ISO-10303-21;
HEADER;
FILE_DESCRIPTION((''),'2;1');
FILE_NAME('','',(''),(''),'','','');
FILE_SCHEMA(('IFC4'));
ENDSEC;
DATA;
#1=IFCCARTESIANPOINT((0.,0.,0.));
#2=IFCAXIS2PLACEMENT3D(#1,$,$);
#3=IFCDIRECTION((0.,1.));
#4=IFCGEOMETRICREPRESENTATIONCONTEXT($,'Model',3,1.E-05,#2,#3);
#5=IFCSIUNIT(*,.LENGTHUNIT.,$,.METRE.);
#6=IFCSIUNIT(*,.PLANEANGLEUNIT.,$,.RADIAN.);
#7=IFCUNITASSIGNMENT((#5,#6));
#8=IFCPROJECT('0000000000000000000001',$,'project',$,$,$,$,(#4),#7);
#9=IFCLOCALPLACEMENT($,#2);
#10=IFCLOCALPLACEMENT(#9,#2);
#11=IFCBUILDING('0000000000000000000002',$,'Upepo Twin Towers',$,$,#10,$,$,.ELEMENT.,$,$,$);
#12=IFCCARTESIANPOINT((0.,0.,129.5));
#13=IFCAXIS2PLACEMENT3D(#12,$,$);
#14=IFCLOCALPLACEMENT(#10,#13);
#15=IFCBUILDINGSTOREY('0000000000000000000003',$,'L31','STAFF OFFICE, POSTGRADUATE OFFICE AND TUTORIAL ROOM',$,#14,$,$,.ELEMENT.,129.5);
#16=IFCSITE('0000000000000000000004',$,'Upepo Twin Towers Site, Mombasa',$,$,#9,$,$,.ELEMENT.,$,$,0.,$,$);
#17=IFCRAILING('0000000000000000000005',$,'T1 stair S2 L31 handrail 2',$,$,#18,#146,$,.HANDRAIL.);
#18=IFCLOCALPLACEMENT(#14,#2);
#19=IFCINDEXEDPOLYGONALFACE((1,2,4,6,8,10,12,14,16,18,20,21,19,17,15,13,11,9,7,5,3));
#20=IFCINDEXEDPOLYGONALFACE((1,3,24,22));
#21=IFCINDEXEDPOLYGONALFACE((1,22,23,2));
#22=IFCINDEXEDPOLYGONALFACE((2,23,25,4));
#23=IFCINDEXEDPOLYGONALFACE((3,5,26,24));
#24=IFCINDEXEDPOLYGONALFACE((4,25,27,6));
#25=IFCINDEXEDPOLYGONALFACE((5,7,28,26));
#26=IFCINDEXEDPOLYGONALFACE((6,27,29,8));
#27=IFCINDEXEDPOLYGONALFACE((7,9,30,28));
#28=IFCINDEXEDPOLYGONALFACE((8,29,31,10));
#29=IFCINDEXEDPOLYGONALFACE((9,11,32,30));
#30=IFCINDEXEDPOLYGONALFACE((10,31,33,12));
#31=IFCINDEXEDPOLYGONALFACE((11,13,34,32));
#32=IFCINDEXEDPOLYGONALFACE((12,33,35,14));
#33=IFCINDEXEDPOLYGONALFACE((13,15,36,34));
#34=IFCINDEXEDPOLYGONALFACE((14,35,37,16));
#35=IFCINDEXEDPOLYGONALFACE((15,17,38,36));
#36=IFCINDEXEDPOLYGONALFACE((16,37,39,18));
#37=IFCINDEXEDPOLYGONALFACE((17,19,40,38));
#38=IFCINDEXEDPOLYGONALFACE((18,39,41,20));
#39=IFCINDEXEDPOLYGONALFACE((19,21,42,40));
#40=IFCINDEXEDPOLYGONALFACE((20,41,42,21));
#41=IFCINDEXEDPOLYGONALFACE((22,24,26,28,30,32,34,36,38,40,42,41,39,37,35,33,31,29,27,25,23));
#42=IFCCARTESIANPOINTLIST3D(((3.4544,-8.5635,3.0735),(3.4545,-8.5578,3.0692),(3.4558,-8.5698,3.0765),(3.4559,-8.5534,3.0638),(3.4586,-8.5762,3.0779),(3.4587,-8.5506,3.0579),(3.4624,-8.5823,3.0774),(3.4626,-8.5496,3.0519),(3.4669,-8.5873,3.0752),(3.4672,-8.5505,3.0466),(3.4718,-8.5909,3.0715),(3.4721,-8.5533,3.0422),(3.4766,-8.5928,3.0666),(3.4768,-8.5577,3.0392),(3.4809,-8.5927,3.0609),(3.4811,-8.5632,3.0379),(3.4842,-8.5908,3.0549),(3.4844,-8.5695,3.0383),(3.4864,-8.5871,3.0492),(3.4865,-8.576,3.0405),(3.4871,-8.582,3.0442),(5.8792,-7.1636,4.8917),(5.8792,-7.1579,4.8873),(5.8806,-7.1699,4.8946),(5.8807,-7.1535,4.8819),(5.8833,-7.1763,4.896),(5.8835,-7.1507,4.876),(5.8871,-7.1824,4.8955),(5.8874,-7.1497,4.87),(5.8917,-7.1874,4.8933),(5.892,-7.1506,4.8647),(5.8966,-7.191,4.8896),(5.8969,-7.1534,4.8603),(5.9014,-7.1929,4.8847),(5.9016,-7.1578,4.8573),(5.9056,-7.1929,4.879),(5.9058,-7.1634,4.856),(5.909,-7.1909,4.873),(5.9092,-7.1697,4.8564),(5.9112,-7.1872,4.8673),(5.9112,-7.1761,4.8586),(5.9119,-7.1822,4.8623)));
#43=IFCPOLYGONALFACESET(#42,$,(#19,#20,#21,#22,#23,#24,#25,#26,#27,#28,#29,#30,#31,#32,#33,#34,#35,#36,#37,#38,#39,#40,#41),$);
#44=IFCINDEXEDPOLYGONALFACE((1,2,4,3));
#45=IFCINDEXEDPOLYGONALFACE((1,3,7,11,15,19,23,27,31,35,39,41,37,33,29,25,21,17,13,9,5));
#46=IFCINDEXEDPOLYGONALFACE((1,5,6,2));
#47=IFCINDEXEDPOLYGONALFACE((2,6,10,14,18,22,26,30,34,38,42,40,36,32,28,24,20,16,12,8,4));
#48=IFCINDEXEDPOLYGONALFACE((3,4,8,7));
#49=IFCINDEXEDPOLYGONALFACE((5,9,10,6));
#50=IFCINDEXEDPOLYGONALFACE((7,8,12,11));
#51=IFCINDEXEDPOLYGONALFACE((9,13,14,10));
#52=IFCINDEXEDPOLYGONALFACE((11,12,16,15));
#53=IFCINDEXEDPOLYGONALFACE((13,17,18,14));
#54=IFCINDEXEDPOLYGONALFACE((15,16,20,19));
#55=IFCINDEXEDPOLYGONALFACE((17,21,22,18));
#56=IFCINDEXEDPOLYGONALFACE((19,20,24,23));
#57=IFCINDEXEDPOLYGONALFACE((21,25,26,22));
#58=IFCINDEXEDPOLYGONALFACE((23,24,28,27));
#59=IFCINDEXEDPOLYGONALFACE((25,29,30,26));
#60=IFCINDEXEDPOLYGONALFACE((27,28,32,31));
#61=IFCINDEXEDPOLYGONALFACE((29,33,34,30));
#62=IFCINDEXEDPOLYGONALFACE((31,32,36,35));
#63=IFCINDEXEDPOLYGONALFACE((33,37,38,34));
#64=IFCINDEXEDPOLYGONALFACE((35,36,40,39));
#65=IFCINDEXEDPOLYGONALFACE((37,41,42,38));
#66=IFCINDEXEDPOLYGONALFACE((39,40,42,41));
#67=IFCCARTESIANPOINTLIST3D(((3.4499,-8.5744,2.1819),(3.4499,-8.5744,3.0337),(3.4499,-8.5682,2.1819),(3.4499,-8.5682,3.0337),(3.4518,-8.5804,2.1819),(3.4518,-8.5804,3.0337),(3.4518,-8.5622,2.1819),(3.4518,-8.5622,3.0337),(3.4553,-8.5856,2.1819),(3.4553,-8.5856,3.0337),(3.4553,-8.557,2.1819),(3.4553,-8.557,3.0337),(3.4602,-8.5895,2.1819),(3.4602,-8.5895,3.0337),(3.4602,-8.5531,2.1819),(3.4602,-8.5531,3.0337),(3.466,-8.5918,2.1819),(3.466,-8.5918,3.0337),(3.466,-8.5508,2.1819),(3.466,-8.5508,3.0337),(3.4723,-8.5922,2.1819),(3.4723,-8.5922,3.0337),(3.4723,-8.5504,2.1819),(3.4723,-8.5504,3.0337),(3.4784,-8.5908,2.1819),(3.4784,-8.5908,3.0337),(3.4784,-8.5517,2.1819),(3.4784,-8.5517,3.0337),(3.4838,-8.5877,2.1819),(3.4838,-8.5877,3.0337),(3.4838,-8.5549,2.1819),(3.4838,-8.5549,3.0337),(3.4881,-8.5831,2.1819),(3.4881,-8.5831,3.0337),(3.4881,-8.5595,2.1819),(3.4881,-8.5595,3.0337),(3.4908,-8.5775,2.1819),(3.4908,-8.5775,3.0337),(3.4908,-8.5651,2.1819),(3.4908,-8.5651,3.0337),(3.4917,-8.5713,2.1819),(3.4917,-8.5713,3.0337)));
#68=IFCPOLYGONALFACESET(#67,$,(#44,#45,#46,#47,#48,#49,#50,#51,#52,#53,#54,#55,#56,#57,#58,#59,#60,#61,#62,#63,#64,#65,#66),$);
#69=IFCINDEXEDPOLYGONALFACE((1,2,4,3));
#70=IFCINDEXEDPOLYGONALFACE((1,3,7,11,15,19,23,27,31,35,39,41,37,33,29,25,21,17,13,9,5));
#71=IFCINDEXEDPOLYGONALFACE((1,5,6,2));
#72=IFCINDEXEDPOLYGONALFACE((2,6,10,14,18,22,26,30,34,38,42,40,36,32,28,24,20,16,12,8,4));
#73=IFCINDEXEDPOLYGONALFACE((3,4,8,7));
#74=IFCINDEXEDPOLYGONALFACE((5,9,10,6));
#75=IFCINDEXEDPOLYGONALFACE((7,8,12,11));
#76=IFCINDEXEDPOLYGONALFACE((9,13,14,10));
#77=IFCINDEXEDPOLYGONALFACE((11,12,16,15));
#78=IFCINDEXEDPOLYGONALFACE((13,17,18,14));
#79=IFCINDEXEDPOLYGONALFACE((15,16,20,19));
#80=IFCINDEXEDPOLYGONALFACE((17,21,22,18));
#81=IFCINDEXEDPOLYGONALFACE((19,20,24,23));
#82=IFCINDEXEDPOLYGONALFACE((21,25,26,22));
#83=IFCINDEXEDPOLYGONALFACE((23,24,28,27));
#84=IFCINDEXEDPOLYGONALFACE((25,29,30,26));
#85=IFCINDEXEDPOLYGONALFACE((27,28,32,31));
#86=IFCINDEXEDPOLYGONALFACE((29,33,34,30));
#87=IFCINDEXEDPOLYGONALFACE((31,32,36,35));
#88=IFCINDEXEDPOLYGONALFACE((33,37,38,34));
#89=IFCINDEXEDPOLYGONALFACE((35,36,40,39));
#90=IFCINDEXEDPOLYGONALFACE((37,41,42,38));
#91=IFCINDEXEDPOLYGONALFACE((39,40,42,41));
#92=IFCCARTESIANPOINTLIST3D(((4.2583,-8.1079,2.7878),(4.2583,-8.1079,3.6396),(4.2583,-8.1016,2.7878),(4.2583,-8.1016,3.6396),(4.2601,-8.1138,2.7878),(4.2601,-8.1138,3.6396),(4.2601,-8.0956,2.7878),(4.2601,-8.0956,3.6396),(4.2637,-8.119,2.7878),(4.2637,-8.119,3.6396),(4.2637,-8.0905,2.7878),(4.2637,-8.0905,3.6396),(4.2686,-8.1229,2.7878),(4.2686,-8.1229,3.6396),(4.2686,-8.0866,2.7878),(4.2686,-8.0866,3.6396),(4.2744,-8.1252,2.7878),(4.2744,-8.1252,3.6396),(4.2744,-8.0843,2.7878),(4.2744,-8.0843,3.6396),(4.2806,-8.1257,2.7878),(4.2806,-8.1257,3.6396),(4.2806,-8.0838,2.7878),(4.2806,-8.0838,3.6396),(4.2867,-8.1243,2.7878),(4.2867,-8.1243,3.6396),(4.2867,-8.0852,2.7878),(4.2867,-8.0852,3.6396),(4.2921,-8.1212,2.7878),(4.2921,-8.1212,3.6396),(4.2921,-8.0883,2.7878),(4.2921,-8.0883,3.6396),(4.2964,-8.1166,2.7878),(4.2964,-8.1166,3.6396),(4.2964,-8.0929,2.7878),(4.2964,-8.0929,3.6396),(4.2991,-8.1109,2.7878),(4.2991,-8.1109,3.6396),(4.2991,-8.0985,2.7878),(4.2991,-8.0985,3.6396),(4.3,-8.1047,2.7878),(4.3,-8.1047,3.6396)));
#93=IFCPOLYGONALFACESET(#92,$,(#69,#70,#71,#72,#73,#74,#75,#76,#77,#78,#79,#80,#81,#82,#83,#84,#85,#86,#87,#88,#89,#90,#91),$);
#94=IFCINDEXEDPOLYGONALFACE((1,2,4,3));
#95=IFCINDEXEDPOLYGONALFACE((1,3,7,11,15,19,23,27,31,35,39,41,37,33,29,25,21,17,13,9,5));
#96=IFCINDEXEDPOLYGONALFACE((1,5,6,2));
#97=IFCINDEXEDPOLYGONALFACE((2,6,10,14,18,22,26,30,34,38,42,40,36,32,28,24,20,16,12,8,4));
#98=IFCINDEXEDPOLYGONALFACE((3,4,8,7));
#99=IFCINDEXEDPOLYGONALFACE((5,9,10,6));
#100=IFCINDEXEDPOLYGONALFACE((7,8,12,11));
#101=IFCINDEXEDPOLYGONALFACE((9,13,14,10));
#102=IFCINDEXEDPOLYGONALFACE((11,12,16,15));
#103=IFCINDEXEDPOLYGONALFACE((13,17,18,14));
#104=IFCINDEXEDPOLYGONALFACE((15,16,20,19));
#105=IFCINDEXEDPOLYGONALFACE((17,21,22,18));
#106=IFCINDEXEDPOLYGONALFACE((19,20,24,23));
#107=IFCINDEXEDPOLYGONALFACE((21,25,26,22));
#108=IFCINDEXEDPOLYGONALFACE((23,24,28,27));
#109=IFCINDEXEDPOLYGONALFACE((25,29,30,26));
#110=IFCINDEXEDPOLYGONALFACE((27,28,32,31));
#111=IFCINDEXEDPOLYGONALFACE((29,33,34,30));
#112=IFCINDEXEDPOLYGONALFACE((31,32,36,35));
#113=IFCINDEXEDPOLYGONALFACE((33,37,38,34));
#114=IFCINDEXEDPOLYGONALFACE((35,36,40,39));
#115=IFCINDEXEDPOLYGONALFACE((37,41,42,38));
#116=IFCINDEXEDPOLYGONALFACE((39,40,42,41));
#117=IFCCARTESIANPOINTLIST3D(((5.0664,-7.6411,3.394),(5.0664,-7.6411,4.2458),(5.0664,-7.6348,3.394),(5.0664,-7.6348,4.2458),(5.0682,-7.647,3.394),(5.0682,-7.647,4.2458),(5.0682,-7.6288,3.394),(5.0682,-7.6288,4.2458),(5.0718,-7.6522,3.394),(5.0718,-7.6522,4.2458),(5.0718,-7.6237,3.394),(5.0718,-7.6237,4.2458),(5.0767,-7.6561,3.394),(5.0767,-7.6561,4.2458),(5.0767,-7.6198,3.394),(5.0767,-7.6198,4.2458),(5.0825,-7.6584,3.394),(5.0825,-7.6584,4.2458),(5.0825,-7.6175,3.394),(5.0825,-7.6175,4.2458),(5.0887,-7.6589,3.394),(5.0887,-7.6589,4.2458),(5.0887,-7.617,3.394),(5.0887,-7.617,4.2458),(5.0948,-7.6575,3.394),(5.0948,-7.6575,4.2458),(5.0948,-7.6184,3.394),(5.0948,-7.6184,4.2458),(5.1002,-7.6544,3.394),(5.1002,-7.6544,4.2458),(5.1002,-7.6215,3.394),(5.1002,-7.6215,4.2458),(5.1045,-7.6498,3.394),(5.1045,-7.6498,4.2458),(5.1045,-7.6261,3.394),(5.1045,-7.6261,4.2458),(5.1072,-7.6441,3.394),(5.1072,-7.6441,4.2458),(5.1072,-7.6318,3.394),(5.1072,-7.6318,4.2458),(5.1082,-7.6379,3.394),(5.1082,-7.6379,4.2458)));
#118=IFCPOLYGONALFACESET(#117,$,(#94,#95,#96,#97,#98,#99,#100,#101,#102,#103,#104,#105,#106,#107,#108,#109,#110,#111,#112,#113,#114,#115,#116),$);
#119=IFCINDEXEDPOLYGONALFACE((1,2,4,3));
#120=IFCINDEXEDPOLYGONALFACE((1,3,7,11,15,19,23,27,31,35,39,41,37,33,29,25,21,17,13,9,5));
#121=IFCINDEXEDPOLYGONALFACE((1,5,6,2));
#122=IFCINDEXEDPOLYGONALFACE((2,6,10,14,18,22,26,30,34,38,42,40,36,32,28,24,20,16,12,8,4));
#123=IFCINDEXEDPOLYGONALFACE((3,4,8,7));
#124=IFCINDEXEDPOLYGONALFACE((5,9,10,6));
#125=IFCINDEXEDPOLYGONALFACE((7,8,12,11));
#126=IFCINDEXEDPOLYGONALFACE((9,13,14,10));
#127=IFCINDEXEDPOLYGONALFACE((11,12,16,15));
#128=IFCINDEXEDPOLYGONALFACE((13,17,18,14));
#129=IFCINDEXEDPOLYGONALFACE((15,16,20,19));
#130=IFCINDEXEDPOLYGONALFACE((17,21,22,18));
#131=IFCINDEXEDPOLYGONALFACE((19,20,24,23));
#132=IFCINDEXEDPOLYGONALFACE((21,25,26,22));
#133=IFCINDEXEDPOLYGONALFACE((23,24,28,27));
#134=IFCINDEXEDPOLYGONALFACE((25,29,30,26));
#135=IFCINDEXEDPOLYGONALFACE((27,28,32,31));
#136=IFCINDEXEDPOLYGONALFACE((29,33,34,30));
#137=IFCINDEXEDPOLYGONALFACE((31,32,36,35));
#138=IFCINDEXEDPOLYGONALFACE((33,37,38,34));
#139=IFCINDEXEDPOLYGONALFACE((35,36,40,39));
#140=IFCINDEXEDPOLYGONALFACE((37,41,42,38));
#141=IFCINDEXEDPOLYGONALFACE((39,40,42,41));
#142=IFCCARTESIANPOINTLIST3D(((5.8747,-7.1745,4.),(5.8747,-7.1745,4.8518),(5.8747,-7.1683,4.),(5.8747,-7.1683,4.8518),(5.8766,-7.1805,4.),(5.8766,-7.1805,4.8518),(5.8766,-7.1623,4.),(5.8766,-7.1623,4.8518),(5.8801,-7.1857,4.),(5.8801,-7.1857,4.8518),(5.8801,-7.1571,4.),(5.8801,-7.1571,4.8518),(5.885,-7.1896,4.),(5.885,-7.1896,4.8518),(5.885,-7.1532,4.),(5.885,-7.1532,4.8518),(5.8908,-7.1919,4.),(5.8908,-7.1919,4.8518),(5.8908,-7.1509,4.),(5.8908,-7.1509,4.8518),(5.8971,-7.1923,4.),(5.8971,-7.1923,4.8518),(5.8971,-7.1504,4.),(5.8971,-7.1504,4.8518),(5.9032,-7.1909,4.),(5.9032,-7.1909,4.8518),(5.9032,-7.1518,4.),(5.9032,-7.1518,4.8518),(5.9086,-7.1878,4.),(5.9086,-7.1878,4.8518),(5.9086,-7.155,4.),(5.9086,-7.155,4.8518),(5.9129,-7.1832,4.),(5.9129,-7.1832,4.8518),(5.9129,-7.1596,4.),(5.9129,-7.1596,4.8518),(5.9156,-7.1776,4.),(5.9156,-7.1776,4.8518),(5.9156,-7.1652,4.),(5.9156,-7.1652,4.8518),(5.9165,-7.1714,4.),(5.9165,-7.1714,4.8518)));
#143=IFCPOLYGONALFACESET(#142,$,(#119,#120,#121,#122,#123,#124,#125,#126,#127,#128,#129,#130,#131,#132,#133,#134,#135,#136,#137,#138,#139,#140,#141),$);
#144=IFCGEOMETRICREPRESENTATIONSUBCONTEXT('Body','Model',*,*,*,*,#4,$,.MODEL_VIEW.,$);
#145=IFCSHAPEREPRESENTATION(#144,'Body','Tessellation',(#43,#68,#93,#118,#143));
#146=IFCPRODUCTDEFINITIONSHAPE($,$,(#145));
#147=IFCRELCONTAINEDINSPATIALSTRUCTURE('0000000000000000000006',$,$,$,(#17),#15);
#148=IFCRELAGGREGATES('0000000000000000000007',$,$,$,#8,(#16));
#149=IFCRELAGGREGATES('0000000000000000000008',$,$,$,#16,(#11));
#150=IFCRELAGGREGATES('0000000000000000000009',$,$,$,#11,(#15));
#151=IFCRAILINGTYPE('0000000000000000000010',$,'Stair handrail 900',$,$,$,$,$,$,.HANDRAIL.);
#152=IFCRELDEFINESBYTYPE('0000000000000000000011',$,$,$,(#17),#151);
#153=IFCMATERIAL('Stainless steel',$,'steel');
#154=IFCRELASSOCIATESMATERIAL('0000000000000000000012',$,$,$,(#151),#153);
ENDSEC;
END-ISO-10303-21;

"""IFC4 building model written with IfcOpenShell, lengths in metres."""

from ifc_helpers import new_model, si_unit, direction, frame, origin, origin_2d, place, context, subcontext, project, spatial, circle, extrude, material, type_object, element, save


model = new_model("IFC4")

# Units and contexts
model_context = context("Model", 3, precision=1e-05, world=origin(), true_north=direction((0.0, 1.0)))
body_context = subcontext(model_context, "Body", "Model", "MODEL_VIEW")
ifc_project = project(units=[si_unit("LENGTHUNIT", "METRE"), si_unit("PLANEANGLEUNIT", "RADIAN")], contexts=[model_context])

# Site, building, storey
site_placement = place(None, origin())
site = spatial("IfcSite", under=ifc_project, at=site_placement, Name="Upepo Twin Towers Site, Mombasa", CompositionType="ELEMENT", RefElevation=0.0)
building_placement = place(site_placement, origin())
building = spatial("IfcBuilding", under=site, at=building_placement, Name="Upepo Twin Towers", CompositionType="ELEMENT")
storey_placement = place(building_placement, frame((0.0, 0.0, 129.5)))
storey = spatial("IfcBuildingStorey", under=building, at=storey_placement, Name="L31", Description="STAFF OFFICE, POSTGRADUATE OFFICE AND TUTORIAL ROOM", CompositionType="ELEMENT", Elevation=129.5)

# Railing
ifc_material_1 = material(Name="Stainless steel", Category="steel")
railing_type = type_object("IfcRailingType", Name="Stair handrail 900", PredefinedType="HANDRAIL", material=ifc_material_1)
railing_1_placement = place(storey_placement, frame((3.4707, -8.5713, 2.1819)))
element("IfcRailing", 1, at=railing_1_placement, inside=storey, type_object=railing_type, Name="T1 stair S2 L31 handrail 2", PredefinedType="HANDRAIL", context=body_context, shape_type="SweptSolid", body=[
    extrude(circle(Radius=0.0239, at=origin_2d()), frame((0.0, 0.0, 0.876), z_axis=(0.726336, 0.419333, 0.544606), x_axis=(-0.499984, 0.866035, 0.0)), (0.0, 0.0, 1.0), 3.3384),
    extrude(circle(Radius=0.021, at=origin_2d()), origin(), (0.0, 0.0, 1.0), 0.8518),
    extrude(circle(Radius=0.021, at=origin_2d()), frame((0.8083, 0.4666, 0.606)), (0.0, 0.0, 1.0), 0.8518),
    extrude(circle(Radius=0.021, at=origin_2d()), frame((1.6165, 0.9333, 1.2122)), (0.0, 0.0, 1.0), 0.8518),
    extrude(circle(Radius=0.021, at=origin_2d()), frame((2.4248, 1.3999, 1.8181)), (0.0, 0.0, 1.0), 0.8518),
])

save(model, "model.ifc")
